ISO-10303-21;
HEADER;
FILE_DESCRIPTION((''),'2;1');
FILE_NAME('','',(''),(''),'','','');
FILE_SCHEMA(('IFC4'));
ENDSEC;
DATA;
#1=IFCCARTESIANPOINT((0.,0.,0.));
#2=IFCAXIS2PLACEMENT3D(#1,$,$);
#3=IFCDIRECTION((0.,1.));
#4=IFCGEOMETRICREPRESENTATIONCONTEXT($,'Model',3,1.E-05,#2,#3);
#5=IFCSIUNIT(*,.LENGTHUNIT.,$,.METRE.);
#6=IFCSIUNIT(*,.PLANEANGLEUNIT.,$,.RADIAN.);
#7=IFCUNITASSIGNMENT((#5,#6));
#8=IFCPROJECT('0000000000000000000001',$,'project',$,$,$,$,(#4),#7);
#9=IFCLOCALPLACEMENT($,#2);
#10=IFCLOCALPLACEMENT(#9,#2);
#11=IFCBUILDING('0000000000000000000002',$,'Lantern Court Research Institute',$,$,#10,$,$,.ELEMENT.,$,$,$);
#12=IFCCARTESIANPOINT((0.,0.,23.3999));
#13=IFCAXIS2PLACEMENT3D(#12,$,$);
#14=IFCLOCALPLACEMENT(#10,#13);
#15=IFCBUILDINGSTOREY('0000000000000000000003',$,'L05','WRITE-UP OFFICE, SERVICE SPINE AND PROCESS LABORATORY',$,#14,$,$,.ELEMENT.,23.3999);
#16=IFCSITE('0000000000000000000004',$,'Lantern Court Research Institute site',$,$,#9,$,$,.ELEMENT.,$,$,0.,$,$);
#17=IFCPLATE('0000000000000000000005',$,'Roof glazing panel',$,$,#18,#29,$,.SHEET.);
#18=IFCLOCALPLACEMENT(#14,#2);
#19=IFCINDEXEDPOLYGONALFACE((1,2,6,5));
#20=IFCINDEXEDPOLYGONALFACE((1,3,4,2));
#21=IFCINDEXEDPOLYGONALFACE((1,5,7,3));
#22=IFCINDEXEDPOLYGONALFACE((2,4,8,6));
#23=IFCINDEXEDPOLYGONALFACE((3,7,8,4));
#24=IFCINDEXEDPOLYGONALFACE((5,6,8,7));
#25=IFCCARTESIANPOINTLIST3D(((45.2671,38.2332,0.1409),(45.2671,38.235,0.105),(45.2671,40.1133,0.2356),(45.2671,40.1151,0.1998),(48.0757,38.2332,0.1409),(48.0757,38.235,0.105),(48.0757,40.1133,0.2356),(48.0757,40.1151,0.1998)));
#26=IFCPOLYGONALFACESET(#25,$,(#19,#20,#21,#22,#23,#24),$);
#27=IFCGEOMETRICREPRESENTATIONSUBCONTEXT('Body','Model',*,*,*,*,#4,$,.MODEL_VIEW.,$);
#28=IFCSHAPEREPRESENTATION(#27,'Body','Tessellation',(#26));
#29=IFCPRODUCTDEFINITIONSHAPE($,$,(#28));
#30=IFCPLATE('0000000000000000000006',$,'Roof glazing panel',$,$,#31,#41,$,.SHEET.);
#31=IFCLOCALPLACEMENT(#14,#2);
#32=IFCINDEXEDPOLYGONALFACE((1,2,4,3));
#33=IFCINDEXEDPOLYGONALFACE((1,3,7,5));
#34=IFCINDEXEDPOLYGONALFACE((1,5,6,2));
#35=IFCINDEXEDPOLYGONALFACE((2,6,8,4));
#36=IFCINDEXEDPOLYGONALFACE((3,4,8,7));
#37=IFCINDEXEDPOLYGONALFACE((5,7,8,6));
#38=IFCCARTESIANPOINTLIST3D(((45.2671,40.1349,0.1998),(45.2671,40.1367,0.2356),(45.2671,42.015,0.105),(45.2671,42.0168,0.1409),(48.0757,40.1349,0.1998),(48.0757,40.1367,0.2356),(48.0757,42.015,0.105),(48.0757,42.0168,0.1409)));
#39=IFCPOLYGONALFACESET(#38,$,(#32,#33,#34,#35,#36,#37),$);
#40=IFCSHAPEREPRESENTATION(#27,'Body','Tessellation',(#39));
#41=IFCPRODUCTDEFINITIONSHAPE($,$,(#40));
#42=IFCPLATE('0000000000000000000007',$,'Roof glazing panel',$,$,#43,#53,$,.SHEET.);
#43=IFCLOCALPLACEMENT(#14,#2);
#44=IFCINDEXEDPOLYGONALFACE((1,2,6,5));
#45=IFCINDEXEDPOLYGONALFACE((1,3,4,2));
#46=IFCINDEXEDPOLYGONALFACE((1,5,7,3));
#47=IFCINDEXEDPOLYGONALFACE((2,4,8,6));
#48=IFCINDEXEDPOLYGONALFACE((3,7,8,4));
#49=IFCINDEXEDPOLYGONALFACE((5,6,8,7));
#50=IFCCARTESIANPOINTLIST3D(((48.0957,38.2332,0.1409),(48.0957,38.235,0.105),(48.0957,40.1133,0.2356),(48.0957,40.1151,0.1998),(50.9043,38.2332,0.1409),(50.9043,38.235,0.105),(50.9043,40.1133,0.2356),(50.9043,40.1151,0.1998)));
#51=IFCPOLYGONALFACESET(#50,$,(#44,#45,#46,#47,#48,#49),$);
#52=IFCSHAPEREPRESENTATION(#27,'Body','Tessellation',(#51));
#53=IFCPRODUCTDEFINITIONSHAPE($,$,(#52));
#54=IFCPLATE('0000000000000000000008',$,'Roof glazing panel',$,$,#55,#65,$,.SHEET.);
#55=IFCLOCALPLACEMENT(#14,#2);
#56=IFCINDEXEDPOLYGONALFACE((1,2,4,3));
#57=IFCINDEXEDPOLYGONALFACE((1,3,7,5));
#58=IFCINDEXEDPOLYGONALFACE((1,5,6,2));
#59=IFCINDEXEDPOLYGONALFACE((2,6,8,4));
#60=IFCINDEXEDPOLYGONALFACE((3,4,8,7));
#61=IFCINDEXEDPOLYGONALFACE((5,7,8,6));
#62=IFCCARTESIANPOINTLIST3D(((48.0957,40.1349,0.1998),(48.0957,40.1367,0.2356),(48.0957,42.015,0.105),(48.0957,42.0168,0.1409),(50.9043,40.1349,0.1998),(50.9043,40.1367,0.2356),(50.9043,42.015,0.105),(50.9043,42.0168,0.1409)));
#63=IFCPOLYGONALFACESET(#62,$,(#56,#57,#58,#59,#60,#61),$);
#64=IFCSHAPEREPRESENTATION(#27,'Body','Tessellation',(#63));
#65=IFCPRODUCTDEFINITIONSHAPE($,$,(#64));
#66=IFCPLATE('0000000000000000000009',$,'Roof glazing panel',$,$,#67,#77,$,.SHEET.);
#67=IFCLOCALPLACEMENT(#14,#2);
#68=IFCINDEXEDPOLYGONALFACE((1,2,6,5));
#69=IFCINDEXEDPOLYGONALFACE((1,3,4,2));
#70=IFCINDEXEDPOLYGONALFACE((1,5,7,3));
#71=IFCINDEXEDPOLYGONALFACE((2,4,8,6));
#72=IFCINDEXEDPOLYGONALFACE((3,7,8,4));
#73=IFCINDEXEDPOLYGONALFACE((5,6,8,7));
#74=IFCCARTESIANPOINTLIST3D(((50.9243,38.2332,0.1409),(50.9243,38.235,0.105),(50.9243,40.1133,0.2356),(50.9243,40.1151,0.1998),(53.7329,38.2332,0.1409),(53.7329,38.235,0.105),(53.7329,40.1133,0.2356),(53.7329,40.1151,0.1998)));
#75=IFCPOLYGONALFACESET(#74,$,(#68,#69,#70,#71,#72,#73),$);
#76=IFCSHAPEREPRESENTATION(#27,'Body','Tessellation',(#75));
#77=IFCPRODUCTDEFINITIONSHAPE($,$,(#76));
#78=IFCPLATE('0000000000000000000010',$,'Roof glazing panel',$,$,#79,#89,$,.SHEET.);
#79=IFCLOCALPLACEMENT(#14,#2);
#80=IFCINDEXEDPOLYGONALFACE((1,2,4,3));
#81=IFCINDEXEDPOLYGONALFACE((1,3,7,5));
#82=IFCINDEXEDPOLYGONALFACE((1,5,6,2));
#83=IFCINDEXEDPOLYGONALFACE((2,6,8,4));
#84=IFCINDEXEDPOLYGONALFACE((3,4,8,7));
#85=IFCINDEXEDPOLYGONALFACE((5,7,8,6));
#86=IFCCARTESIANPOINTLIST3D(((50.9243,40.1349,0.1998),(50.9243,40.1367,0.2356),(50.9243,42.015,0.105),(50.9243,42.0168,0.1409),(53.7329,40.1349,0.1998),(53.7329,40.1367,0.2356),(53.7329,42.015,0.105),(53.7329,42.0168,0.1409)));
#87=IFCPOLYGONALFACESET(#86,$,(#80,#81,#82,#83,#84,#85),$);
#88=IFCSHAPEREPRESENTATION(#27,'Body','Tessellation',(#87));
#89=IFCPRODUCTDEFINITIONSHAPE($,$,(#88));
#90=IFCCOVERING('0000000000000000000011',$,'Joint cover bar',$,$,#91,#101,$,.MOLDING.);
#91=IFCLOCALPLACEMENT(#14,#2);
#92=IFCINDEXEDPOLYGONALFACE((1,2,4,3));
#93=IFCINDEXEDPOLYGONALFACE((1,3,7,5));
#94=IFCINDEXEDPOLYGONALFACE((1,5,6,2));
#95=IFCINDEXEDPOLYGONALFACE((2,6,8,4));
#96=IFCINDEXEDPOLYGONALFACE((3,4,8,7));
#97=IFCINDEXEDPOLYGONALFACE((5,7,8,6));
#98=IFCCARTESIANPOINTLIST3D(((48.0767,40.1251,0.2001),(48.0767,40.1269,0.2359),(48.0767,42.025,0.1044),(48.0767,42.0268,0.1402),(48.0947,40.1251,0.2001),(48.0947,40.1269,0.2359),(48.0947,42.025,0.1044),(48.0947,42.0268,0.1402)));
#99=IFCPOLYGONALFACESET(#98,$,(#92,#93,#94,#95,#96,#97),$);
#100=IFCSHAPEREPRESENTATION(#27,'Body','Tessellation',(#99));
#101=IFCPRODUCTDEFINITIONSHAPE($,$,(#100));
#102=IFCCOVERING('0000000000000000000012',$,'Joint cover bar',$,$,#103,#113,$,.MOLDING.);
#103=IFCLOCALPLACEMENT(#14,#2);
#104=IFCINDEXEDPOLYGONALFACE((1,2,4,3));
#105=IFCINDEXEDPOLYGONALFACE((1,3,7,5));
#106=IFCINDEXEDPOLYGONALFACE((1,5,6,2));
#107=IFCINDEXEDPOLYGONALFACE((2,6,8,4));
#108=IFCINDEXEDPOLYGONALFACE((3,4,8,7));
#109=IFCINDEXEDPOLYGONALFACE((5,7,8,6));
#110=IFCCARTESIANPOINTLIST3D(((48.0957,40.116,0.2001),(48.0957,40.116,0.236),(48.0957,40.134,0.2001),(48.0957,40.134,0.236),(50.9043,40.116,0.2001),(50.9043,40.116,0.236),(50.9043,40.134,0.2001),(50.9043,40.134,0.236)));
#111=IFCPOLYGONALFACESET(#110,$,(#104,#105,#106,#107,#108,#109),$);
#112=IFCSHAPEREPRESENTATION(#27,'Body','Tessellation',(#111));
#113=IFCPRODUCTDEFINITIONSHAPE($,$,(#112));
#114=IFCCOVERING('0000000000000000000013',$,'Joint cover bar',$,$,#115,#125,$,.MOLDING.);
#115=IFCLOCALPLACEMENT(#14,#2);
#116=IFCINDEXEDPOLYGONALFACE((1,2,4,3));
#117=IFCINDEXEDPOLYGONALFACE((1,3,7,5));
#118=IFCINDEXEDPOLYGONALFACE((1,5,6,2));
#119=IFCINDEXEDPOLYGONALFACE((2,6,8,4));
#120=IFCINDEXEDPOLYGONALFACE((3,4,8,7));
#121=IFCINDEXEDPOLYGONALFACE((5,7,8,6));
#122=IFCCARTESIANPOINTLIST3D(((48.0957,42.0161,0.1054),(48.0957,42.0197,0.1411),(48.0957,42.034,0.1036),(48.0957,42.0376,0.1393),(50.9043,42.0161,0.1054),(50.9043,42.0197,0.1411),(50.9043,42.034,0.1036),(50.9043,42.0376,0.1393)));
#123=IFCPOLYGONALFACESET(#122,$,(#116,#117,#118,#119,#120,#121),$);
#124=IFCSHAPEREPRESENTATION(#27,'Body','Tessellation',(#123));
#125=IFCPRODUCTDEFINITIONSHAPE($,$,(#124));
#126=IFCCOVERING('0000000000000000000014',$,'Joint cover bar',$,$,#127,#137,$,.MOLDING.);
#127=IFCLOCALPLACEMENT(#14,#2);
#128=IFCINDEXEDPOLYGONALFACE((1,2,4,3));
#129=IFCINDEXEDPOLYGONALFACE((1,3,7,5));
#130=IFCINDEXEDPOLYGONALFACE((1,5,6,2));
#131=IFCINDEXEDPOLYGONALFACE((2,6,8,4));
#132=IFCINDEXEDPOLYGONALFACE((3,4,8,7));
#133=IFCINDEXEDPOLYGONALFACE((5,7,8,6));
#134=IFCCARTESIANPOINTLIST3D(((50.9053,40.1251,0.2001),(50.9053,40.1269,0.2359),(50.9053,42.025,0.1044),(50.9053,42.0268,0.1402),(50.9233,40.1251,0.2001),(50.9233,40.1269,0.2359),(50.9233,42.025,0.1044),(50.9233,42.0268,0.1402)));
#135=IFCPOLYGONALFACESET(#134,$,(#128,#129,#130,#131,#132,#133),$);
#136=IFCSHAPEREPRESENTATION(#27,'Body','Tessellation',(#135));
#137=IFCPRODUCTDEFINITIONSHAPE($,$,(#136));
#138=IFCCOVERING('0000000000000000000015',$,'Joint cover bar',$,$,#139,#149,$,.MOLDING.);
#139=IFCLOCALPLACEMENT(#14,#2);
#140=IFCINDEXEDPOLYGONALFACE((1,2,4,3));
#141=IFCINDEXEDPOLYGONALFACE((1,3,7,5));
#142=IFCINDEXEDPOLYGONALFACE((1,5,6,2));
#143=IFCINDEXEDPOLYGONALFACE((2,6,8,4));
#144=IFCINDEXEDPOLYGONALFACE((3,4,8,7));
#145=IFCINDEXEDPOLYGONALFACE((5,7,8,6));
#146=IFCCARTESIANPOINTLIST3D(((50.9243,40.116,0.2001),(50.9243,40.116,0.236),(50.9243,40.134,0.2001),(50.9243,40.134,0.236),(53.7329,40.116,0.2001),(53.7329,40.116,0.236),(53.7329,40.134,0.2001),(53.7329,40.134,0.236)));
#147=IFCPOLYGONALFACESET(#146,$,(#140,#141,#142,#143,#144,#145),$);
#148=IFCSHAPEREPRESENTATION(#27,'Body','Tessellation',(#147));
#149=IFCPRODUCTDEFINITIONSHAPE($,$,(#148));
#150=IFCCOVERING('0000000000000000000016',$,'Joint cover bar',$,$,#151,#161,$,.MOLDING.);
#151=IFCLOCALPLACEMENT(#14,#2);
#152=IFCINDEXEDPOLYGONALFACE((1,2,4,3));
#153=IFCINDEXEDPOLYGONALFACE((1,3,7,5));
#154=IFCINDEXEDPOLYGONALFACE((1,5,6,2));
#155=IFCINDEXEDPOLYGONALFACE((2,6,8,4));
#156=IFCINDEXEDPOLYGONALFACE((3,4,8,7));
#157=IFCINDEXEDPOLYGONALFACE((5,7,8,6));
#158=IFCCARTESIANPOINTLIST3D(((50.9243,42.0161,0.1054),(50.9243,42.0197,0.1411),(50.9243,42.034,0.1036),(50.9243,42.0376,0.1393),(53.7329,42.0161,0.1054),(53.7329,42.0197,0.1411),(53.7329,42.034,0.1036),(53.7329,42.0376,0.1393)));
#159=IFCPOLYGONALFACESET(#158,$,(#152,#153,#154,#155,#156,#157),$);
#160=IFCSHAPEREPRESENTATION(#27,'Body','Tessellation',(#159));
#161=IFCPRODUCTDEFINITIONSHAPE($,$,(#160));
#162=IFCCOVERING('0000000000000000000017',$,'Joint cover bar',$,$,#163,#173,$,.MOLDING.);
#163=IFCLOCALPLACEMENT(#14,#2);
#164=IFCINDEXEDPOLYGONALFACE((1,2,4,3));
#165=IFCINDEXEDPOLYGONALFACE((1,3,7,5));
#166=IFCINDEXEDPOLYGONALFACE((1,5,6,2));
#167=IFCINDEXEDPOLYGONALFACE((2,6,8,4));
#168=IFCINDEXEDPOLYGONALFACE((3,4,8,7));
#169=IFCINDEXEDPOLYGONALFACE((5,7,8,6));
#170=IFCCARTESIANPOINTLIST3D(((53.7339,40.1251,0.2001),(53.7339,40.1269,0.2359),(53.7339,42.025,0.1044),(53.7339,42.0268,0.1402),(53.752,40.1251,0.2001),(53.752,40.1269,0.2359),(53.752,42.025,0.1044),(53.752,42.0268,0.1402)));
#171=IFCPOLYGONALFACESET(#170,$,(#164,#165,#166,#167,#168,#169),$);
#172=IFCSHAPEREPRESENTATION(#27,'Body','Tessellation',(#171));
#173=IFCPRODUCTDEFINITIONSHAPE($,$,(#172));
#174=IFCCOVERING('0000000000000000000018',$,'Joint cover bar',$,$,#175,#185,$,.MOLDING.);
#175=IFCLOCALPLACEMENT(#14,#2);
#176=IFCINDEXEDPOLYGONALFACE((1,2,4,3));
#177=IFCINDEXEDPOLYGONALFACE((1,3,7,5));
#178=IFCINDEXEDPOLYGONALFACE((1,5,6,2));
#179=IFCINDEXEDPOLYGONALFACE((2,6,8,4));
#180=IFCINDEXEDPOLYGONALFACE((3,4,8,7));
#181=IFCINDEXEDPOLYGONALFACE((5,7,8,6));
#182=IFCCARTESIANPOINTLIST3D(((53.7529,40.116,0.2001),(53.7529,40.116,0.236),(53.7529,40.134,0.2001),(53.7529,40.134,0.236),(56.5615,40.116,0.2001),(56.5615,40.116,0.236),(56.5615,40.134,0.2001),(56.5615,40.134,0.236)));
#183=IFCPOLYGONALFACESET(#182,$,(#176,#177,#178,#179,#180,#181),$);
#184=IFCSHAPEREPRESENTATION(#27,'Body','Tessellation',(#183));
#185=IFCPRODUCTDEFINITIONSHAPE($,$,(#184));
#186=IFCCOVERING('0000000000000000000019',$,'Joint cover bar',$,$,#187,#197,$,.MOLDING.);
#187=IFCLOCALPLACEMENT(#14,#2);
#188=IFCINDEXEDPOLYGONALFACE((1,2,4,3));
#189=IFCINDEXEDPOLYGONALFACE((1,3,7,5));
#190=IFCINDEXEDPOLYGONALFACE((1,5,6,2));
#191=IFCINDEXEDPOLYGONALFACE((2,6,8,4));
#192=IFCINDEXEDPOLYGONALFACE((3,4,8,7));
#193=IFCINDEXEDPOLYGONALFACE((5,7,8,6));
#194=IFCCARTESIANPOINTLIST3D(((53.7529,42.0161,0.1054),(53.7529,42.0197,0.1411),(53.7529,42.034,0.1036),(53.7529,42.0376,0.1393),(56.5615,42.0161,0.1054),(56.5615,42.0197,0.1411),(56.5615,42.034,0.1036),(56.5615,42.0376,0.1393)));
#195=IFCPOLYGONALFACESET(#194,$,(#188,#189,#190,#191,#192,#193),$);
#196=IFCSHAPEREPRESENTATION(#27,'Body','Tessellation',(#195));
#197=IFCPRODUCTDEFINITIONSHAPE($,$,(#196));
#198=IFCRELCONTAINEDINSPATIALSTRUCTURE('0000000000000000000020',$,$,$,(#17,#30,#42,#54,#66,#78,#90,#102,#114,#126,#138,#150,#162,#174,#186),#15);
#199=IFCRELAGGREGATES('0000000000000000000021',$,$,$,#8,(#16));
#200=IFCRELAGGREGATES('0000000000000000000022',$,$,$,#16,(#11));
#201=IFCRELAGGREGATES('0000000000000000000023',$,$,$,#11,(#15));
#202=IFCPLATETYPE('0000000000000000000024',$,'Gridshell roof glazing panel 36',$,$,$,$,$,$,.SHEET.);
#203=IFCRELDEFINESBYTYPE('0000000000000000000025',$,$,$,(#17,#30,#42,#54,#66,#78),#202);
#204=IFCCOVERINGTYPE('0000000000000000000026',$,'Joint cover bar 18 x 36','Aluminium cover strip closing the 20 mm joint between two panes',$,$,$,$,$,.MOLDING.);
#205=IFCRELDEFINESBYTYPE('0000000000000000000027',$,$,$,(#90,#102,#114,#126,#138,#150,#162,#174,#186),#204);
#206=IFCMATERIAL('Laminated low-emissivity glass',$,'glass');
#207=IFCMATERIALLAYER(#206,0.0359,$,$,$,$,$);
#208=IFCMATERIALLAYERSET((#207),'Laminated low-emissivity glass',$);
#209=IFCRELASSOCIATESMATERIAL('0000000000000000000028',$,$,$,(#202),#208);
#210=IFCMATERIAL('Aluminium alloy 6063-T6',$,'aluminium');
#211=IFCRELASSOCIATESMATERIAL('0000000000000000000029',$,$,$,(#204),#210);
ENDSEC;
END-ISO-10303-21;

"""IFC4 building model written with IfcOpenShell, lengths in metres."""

from ifc_helpers import new_model, si_unit, direction, frame, origin, origin_2d, place, context, subcontext, project, spatial, polyline, rectangle, outline, extrude, material, layer, layer_set, material_profile, profile_set, type_object, element, save


model = new_model("IFC4")

# Units and contexts
model_context = context("Model", 3, precision=1e-05, world=origin(), true_north=direction((0.0, 1.0)))
body_context = subcontext(model_context, "Body", "Model", "MODEL_VIEW")
ifc_project = project(units=[si_unit("LENGTHUNIT", "METRE"), si_unit("PLANEANGLEUNIT", "RADIAN")], contexts=[model_context])

# Site, building, storey
site_placement = place(None, origin())
site = spatial("IfcSite", under=ifc_project, at=site_placement, Name="Lantern Court Research Institute site", CompositionType="ELEMENT", RefElevation=0.0)
building_placement = place(site_placement, origin())
building = spatial("IfcBuilding", under=site, at=building_placement, Name="Lantern Court Research Institute", CompositionType="ELEMENT")
storey_placement = place(building_placement, frame((0.0, 0.0, 23.3999)))
storey = spatial("IfcBuildingStorey", under=building, at=storey_placement, Name="L05", Description="WRITE-UP OFFICE, SERVICE SPINE AND PROCESS LABORATORY", CompositionType="ELEMENT", Elevation=23.3999)

# Plates
ifc_material_1 = material(Name="Laminated low-emissivity glass", Category="glass")
ifc_layer = layer(ifc_material_1, 0.0359)
ifc_layer_set = layer_set([ifc_layer], Name="Laminated low-emissivity glass")
plate_type = type_object("IfcPlateType", Name="Gridshell roof glazing panel 36", PredefinedType="SHEET", material=ifc_layer_set)
for number, where, z_axis, x_axis, name in (
    (1, (48.0757, 38.2332, 0.1409), (0.0, -0.050319, 0.998733), (-1.0, 0.0, 0.0), "Roof glazing panel"),
    (2, (48.0757, 40.1367, 0.2356), (0.0, 0.050319, 0.998733), (-1.0, 0.0, 0.0), "Roof glazing panel"),
    (3, (50.9043, 38.2332, 0.1409), (0.0, -0.050319, 0.998733), (-1.0, 0.0, 0.0), "Roof glazing panel"),
    (4, (50.9043, 40.1367, 0.2356), (0.0, 0.050319, 0.998733), (-1.0, 0.0, 0.0), "Roof glazing panel"),
    (5, (53.7329, 38.2332, 0.1409), (0.0, -0.050319, 0.998733), (-1.0, 0.0, 0.0), "Roof glazing panel"),
    (6, (53.7329, 40.1367, 0.2356), (0.0, 0.050319, 0.998733), (-1.0, 0.0, 0.0), "Roof glazing panel"),
):
    element("IfcPlate", number, at=place(storey_placement, frame(where, z_axis=z_axis, x_axis=x_axis)), inside=storey, type_object=plate_type, Name=name, PredefinedType="SHEET", context=body_context, shape_type="SweptSolid", body=[
        extrude(outline(polyline([(0.0, 0.0), (2.8086, 0.0), (2.8086, -1.8825), (0.0, -1.8825), (0.0, 0.0)])), origin(), (0.0, 0.0, -1.0), 0.0359),
    ])

# Coverings
ifc_material_2 = material(Name="Aluminium alloy 6063-T6", Category="aluminium")
ifc_material_profile_1 = material_profile(ifc_material_2, rectangle(XDim=0.0181, YDim=0.0359, at=origin_2d()), Name="Joint cover bar 18 x 36")
ifc_profile_set_1 = profile_set([ifc_material_profile_1], Name="Aluminium alloy 6063-T6")
covering_type = type_object("IfcCoveringType", Name="Joint cover bar 18 x 36", Description="Aluminium cover strip closing the 20 mm joint between two panes", PredefinedType="MOLDING", material=ifc_profile_set_1)
covering_1_placement = place(storey_placement, frame((48.0857, 40.126, 0.218), z_axis=(0.0, 0.998734, -0.050309), x_axis=(-1.0, 0.0, 0.0)))
element("IfcCovering", 7, at=covering_1_placement, inside=storey, type_object=covering_type, Name="Joint cover bar", PredefinedType="MOLDING", context=body_context, shape_type="SweptSolid", body=[
    extrude(rectangle(XDim=0.0181, YDim=0.0359, at=origin_2d()), origin(), (0.0, 0.0, 1.0), 1.9023),
])
for number, where, z_axis, x_axis, name in (
    (8, (48.0957, 40.125, 0.218), (1.0, 0.0, 0.0), (0.0, 1.0, 0.0), "Joint cover bar"),
    (9, (48.0957, 42.0269, 0.1223), (1.0, 0.0, 0.0), (0.0, 0.994934, -0.100531), "Joint cover bar"),
):
    element("IfcCovering", number, at=place(storey_placement, frame(where, z_axis=z_axis, x_axis=x_axis)), inside=storey, type_object=covering_type, Name=name, PredefinedType="MOLDING", context=body_context, shape_type="SweptSolid", body=[
        extrude(rectangle(XDim=0.0181, YDim=0.0359, at=origin_2d()), origin(), (0.0, 0.0, 1.0), 2.8086),
    ])
covering_2_placement = place(storey_placement, frame((50.9143, 40.126, 0.218), z_axis=(0.0, 0.998734, -0.050309), x_axis=(-1.0, 0.0, 0.0)))
element("IfcCovering", 10, at=covering_2_placement, inside=storey, type_object=covering_type, Name="Joint cover bar", PredefinedType="MOLDING", context=body_context, shape_type="SweptSolid", body=[
    extrude(rectangle(XDim=0.0181, YDim=0.0359, at=origin_2d()), origin(), (0.0, 0.0, 1.0), 1.9023),
])
for number, where, z_axis, x_axis, name in (
    (11, (50.9243, 40.125, 0.218), (1.0, 0.0, 0.0), (0.0, 1.0, 0.0), "Joint cover bar"),
    (12, (50.9243, 42.0269, 0.1223), (1.0, 0.0, 0.0), (0.0, 0.994934, -0.100531), "Joint cover bar"),
):
    element("IfcCovering", number, at=place(storey_placement, frame(where, z_axis=z_axis, x_axis=x_axis)), inside=storey, type_object=covering_type, Name=name, PredefinedType="MOLDING", context=body_context, shape_type="SweptSolid", body=[
        extrude(rectangle(XDim=0.0181, YDim=0.0359, at=origin_2d()), origin(), (0.0, 0.0, 1.0), 2.8086),
    ])
covering_3_placement = place(storey_placement, frame((53.7429, 40.126, 0.218), z_axis=(0.0, 0.998734, -0.050309), x_axis=(-1.0, 0.0, 0.0)))
element("IfcCovering", 13, at=covering_3_placement, inside=storey, type_object=covering_type, Name="Joint cover bar", PredefinedType="MOLDING", context=body_context, shape_type="SweptSolid", body=[
    extrude(rectangle(XDim=0.0181, YDim=0.0359, at=origin_2d()), origin(), (0.0, 0.0, 1.0), 1.9023),
])
for number, where, z_axis, x_axis, name in (
    (14, (53.7529, 40.125, 0.218), (1.0, 0.0, 0.0), (0.0, 1.0, 0.0), "Joint cover bar"),
    (15, (53.7529, 42.0269, 0.1223), (1.0, 0.0, 0.0), (0.0, 0.994934, -0.100531), "Joint cover bar"),
):
    element("IfcCovering", number, at=place(storey_placement, frame(where, z_axis=z_axis, x_axis=x_axis)), inside=storey, type_object=covering_type, Name=name, PredefinedType="MOLDING", context=body_context, shape_type="SweptSolid", body=[
        extrude(rectangle(XDim=0.0181, YDim=0.0359, at=origin_2d()), origin(), (0.0, 0.0, 1.0), 2.8086),
    ])

save(model, "model.ifc")
